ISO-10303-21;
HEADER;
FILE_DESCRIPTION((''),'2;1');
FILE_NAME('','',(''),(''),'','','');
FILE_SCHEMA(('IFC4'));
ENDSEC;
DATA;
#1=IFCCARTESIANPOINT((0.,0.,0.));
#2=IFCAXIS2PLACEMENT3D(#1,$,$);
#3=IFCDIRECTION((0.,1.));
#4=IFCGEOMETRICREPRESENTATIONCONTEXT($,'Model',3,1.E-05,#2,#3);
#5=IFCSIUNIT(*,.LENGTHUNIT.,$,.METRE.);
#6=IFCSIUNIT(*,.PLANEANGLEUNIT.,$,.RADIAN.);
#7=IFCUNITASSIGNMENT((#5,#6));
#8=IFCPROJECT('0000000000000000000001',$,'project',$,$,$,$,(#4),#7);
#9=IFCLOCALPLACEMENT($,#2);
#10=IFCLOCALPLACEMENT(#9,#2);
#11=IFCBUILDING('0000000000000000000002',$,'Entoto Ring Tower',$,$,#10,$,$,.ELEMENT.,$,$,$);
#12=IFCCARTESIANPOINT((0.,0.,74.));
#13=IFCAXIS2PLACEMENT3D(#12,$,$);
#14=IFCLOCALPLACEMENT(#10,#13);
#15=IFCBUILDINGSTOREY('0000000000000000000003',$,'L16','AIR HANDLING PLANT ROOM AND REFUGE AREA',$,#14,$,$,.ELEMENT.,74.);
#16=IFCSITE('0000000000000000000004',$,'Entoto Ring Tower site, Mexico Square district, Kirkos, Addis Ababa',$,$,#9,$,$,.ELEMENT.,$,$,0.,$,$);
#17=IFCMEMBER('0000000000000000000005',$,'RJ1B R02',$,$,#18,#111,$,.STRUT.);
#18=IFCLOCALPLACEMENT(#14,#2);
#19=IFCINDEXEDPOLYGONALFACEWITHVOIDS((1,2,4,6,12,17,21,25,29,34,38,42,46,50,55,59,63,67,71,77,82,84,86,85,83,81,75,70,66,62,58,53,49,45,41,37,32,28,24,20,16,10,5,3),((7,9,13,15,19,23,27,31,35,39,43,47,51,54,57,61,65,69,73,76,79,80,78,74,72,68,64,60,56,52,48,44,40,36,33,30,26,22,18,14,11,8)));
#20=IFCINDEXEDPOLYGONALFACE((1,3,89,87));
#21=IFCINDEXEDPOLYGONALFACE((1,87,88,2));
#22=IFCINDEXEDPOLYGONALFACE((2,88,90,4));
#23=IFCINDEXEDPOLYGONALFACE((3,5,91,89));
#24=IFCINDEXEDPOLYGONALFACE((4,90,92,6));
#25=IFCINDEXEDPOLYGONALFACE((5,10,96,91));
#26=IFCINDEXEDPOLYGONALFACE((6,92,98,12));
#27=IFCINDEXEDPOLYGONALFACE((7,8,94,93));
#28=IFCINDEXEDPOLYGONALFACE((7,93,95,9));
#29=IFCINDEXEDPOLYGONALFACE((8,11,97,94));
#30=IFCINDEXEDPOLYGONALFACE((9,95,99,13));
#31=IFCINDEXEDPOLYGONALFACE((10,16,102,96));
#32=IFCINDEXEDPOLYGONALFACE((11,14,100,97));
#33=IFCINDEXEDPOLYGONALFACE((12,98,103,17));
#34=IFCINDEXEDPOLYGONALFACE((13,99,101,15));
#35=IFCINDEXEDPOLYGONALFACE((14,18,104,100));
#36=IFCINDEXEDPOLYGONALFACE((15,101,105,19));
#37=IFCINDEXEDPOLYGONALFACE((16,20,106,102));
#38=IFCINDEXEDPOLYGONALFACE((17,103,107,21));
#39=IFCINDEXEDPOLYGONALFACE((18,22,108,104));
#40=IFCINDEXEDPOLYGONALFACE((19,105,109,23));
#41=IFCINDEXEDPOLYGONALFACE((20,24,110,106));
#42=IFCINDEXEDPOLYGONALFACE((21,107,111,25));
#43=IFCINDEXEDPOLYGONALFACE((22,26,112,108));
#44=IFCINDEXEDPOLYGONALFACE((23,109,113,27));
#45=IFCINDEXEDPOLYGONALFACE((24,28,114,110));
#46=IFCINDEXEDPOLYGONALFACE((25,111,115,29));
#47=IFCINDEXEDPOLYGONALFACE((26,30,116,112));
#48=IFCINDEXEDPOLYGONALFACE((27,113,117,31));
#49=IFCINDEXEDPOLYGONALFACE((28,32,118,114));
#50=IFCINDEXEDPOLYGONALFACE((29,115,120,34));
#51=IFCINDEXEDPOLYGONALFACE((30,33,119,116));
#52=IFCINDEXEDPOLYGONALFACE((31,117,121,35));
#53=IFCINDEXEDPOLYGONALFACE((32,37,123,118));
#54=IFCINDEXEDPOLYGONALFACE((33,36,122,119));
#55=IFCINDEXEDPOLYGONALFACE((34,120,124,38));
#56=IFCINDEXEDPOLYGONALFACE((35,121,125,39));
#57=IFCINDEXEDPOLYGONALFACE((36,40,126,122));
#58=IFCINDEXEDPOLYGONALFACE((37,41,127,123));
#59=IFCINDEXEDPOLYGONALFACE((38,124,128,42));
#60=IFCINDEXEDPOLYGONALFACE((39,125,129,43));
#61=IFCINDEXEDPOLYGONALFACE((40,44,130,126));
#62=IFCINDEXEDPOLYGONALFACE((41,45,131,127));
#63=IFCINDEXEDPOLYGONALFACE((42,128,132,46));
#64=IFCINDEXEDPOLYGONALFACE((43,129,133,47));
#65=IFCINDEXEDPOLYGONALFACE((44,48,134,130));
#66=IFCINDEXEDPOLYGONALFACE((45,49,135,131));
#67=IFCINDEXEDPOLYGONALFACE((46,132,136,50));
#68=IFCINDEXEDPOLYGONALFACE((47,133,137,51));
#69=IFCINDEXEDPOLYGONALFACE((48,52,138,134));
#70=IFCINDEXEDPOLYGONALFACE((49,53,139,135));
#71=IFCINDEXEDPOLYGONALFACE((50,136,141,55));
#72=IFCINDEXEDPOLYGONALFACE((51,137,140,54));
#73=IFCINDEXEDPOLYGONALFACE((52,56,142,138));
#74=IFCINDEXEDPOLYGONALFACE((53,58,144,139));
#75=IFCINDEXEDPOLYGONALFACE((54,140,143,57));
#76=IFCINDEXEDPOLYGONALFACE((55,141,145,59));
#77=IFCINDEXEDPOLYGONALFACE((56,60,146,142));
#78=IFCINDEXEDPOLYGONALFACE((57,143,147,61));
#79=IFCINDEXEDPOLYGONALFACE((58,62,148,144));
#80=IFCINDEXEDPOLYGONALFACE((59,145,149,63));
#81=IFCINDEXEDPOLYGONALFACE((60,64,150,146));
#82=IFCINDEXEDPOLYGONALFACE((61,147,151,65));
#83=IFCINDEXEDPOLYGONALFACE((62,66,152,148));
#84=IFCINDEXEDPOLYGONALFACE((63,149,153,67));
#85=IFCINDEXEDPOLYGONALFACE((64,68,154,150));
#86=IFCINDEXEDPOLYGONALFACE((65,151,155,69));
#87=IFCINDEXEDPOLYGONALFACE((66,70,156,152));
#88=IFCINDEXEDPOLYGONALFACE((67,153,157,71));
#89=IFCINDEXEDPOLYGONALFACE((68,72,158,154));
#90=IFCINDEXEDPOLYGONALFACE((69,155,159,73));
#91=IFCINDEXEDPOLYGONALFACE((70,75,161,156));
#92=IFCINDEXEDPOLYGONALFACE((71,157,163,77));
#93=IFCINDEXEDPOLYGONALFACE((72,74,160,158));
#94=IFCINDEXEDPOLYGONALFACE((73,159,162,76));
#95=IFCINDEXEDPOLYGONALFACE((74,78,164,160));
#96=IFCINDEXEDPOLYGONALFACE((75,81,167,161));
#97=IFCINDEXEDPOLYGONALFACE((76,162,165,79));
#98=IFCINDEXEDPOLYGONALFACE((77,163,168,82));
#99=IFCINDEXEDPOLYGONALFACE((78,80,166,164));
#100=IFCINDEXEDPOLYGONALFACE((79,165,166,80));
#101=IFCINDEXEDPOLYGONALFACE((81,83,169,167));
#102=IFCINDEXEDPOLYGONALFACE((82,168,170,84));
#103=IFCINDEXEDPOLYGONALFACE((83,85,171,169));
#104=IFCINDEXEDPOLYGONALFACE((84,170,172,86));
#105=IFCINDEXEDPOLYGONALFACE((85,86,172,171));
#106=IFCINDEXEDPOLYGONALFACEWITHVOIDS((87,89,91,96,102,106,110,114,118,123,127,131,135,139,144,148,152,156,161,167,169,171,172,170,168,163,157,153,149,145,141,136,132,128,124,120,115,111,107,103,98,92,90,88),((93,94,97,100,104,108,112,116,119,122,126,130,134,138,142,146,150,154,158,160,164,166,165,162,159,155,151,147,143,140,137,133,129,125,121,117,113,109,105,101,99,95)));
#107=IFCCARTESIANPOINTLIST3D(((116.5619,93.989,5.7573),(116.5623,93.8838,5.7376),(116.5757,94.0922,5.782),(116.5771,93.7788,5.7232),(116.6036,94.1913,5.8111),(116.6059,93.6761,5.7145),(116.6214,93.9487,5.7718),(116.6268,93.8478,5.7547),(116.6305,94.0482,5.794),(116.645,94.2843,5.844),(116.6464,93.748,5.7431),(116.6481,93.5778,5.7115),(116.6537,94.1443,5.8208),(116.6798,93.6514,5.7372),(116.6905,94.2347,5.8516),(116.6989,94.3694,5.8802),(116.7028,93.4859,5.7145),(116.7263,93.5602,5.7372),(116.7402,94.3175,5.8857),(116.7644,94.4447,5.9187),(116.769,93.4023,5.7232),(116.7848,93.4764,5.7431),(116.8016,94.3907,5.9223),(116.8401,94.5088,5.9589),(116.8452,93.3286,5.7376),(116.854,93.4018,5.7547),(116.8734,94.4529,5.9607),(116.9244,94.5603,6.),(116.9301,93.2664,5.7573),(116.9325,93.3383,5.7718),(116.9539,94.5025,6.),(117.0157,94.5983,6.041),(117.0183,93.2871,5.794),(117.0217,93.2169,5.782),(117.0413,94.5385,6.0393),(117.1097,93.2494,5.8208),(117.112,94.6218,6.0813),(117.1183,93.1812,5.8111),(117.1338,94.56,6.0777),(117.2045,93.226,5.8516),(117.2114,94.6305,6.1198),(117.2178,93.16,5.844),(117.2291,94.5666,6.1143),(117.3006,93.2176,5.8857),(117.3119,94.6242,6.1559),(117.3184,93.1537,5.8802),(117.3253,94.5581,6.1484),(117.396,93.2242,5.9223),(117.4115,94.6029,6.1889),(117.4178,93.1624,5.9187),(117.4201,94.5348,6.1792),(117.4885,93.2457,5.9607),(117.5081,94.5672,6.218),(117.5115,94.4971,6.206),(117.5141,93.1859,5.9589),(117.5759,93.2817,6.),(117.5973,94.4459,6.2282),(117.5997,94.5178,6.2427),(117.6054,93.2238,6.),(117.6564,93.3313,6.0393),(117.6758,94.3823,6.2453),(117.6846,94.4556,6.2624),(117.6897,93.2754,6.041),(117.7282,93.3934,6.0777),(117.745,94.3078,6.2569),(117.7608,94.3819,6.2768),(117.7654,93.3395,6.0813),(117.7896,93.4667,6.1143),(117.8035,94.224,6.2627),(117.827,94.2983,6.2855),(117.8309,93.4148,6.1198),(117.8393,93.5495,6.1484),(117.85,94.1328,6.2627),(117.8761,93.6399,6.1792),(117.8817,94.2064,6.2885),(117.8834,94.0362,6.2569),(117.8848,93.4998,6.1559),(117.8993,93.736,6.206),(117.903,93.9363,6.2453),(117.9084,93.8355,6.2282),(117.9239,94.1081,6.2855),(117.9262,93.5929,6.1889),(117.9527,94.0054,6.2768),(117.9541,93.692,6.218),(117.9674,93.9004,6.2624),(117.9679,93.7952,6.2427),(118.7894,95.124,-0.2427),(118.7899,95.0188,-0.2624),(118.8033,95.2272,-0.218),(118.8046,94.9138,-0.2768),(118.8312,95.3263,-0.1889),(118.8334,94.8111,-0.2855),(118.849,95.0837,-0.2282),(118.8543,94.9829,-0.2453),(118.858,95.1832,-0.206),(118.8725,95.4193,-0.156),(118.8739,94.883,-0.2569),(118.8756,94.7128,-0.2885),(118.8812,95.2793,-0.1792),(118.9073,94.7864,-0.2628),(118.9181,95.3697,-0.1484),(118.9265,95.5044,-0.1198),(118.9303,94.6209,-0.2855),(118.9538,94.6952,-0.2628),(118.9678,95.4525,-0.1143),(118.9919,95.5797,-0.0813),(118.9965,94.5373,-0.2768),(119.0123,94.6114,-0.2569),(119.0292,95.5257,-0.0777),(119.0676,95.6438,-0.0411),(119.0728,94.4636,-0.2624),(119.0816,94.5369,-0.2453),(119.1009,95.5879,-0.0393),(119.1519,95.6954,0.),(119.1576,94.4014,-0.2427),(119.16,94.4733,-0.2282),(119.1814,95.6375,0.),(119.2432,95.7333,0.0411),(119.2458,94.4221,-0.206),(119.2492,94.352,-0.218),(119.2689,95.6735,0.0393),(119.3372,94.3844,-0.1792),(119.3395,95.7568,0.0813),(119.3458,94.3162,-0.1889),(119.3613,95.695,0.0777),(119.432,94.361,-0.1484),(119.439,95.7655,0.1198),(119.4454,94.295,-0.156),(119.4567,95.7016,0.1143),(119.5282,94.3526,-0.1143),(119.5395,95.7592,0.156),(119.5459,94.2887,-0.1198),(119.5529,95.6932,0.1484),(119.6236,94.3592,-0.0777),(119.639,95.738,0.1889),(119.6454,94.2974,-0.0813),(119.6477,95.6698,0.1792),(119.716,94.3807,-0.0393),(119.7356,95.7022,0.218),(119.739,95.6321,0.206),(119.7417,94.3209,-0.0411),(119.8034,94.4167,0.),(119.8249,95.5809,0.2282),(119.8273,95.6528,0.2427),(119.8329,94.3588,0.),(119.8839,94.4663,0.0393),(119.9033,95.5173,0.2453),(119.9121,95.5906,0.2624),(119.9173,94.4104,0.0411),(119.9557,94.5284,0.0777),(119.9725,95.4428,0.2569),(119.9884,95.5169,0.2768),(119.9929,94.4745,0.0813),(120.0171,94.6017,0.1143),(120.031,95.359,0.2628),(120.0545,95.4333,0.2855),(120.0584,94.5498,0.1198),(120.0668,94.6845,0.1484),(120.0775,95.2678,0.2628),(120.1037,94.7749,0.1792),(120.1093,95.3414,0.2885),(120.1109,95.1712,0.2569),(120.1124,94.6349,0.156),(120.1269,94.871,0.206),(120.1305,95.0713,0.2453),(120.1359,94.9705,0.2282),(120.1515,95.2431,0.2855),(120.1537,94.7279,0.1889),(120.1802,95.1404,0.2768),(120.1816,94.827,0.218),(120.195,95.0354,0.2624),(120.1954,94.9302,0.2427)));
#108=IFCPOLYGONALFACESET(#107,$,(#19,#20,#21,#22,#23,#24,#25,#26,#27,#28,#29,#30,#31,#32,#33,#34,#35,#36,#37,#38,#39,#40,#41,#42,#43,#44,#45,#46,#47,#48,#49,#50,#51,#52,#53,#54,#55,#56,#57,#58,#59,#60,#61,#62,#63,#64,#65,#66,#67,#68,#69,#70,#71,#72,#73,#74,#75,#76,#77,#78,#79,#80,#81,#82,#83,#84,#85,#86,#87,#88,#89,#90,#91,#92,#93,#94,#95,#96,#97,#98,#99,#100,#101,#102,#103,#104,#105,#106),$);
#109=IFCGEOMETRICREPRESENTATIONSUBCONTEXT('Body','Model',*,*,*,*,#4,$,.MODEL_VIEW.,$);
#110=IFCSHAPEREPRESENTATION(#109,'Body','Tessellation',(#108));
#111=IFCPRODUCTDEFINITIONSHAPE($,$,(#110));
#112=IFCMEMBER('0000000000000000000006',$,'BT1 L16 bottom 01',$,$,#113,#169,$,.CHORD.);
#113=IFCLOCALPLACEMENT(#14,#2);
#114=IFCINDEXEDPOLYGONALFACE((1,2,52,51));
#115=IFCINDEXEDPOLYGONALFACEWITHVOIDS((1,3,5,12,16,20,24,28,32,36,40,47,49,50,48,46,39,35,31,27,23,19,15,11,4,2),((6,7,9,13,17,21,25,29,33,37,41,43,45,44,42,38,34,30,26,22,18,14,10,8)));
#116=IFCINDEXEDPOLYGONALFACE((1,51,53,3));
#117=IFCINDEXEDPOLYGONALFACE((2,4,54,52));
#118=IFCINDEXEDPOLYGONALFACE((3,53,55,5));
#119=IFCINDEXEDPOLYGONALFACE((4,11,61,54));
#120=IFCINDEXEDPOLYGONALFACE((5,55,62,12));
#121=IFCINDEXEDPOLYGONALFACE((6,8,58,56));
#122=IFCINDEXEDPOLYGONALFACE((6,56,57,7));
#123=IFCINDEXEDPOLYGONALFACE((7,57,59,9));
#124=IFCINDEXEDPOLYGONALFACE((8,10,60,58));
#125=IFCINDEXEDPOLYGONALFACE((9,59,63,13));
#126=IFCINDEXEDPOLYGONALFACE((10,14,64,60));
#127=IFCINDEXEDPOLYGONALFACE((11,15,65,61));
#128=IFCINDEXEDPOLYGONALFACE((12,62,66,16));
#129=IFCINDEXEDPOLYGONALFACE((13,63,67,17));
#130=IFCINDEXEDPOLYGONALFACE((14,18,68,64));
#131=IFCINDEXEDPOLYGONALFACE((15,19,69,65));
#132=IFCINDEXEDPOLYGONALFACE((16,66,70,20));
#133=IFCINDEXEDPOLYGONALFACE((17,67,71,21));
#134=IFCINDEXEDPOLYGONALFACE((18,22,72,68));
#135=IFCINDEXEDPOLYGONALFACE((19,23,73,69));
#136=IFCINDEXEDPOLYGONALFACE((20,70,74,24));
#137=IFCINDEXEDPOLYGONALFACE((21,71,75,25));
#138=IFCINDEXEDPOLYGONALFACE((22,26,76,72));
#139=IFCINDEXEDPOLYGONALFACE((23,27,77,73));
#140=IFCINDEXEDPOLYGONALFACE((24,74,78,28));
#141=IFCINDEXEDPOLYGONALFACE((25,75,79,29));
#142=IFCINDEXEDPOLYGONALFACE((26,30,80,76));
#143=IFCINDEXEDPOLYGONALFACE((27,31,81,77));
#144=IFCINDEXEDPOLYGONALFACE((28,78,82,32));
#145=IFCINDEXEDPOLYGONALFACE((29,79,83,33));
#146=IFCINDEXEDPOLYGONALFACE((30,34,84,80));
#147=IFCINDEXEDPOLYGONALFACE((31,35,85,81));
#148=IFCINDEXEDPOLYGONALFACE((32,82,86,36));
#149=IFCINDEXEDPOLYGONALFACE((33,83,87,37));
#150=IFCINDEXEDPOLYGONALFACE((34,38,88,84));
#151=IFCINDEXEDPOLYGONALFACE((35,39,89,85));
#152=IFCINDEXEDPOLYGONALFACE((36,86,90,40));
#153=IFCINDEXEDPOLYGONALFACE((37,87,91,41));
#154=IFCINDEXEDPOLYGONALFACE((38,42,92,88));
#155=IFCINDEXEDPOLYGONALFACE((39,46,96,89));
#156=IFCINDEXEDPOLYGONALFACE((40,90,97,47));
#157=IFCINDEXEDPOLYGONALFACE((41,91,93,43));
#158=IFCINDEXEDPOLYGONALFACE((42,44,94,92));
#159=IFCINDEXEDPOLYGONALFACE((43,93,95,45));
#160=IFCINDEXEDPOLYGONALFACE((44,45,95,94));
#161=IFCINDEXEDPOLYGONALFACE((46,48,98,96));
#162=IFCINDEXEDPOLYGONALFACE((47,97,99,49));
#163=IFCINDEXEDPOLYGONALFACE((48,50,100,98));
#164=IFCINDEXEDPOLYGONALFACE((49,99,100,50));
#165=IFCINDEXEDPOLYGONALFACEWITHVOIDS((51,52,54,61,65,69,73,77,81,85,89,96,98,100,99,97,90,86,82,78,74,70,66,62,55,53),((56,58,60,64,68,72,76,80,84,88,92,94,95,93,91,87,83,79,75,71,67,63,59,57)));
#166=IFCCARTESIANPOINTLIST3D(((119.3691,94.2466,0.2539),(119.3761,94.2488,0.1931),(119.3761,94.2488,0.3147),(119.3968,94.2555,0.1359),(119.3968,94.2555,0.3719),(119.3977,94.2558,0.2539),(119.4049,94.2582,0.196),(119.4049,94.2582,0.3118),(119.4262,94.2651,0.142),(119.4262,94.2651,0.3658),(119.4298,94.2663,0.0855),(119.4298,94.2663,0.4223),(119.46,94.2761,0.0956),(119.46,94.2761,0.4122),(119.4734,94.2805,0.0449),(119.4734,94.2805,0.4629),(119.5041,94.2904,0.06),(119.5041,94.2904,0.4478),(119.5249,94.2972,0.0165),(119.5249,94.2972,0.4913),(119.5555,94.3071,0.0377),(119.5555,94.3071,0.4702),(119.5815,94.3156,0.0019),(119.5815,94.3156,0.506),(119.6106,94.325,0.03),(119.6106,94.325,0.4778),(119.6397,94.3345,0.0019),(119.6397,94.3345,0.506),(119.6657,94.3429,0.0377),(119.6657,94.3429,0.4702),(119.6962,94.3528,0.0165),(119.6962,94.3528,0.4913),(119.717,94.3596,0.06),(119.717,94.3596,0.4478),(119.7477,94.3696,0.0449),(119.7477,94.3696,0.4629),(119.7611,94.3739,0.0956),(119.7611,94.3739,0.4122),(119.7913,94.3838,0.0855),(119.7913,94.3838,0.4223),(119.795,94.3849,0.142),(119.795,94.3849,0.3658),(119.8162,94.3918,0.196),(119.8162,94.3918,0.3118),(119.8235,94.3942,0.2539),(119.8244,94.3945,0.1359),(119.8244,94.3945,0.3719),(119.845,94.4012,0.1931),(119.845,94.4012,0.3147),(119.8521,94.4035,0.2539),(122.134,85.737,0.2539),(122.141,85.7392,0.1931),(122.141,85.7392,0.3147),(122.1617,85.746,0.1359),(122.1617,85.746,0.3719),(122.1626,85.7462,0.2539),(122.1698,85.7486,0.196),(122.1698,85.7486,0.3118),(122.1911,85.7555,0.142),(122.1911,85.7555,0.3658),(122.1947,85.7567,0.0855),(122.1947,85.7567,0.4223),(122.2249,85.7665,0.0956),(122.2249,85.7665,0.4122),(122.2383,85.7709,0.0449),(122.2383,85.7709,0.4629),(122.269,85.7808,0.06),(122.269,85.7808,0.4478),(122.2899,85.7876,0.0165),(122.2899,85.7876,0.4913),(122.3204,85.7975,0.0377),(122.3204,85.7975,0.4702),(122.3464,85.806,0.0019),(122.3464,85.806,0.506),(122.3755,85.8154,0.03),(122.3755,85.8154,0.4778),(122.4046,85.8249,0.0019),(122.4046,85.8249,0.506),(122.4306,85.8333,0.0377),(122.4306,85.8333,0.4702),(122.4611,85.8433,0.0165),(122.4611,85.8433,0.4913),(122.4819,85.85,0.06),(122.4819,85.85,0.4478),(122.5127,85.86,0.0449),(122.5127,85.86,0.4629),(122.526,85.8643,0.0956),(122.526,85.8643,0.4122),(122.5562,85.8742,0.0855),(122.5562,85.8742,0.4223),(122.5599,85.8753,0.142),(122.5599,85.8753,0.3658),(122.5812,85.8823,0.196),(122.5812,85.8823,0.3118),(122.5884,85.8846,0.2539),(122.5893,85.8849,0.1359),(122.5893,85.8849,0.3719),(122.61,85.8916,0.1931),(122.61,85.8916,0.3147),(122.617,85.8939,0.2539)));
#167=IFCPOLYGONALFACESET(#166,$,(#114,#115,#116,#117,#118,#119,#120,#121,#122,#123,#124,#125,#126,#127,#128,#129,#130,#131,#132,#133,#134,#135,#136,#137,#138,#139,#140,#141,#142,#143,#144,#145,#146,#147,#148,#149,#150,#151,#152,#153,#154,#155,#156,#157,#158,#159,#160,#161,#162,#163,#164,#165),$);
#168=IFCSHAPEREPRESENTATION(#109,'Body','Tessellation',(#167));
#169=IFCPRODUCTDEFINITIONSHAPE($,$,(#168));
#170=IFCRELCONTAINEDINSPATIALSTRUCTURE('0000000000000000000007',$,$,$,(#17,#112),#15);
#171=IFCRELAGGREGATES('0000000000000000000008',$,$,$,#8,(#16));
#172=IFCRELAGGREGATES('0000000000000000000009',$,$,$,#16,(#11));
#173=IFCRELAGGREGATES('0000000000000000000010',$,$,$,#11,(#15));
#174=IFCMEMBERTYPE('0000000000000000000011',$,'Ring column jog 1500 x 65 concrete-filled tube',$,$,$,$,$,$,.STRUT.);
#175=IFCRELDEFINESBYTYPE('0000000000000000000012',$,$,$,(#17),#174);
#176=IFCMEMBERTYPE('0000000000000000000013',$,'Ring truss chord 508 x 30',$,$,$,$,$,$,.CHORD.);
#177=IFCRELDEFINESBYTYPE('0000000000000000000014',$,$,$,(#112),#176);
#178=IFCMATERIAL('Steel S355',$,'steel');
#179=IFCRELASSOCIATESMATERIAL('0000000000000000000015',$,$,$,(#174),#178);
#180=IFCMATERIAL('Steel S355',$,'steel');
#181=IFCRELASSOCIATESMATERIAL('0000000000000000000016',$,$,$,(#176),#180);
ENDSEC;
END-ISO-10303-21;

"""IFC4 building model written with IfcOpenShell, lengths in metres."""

from ifc_helpers import new_model, si_unit, direction, frame, origin, origin_2d, place, context, subcontext, project, spatial, circle, hollow_circle, extrude, material, material_profile, profile_set, type_object, element, save


model = new_model("IFC4")

# Units and contexts
model_context = context("Model", 3, precision=1e-05, world=origin(), true_north=direction((0.0, 1.0)))
body_context = subcontext(model_context, "Body", "Model", "MODEL_VIEW")
ifc_project = project(units=[si_unit("LENGTHUNIT", "METRE"), si_unit("PLANEANGLEUNIT", "RADIAN")], contexts=[model_context])

# Site, building, storey
site_placement = place(None, origin())
site = spatial("IfcSite", under=ifc_project, at=site_placement, Name="Entoto Ring Tower site, Mexico Square district, Kirkos, Addis Ababa", CompositionType="ELEMENT", RefElevation=0.0)
building_placement = place(site_placement, origin())
building = spatial("IfcBuilding", under=site, at=building_placement, Name="Entoto Ring Tower", CompositionType="ELEMENT")
storey_placement = place(building_placement, frame((0.0, 0.0, 74.0)))
storey = spatial("IfcBuildingStorey", under=building, at=storey_placement, Name="L16", Description="AIR HANDLING PLANT ROOM AND REFUGE AREA", CompositionType="ELEMENT", Elevation=74.0)

# Members
ifc_material_1 = material(Name="Steel S355", Category="steel")
ifc_material_profile_1 = material_profile(ifc_material_1, hollow_circle(Radius=0.75, WallThickness=0.0649, at=origin_2d()), Name="CHS 1500 x 65")
ifc_material_2 = material(Name="Concrete C60/75", Category="concrete")
ifc_material_profile_2 = material_profile(ifc_material_2, circle(Radius=0.6851, at=origin_2d()), Name="Concrete C60/75 infill")
ifc_profile_set_1 = profile_set([ifc_material_profile_1, ifc_material_profile_2], Name="Steel S355")
member_type_1 = type_object("IfcMemberType", Name="Ring column jog 1500 x 65 concrete-filled tube", PredefinedType="STRUT", material=ifc_profile_set_1)
for number, where, z_axis, x_axis, name in (
    (1, (119.4924, 95.0271, 0.0), (-0.342698, -0.174617, 0.923075), (0.453997, -0.891003, 0.0), "RJ1B R02"),
):
    element("IfcMember", number, at=place(storey_placement, frame(where, z_axis=z_axis, x_axis=x_axis)), inside=storey, type_object=member_type_1, Name=name, PredefinedType="STRUT", context=body_context, shape_type="SweptSolid", body=[
        extrude(hollow_circle(Radius=0.75, WallThickness=0.0649, at=origin_2d()), origin(), (0.0, 0.0, 1.0), 6.5),
    ])
ifc_material_3 = material(Name="Steel S355", Category="steel")
ifc_material_profile_3 = material_profile(ifc_material_3, hollow_circle(Radius=0.2539, WallThickness=0.03, at=origin_2d()), Name="CHS 508 x 30")
ifc_material_4 = material(Name="Concrete C60/75", Category="concrete")
ifc_material_profile_4 = material_profile(ifc_material_4, circle(Radius=0.2241, at=origin_2d()), Name="Concrete C60/75 infill")
ifc_profile_set_2 = profile_set([ifc_material_profile_3, ifc_material_profile_4], Name="Steel S355")
member_type_2 = type_object("IfcMemberType", Name="Ring truss chord 508 x 30", PredefinedType="CHORD", material=ifc_profile_set_2)
member_1_placement = place(storey_placement, frame((122.3755, 85.8154, 0.2539), z_axis=(-0.309015, 0.951057, 0.0), x_axis=(-0.951057, -0.309015, 0.0)))
element("IfcMember", 2, at=member_1_placement, inside=storey, type_object=member_type_2, Name="BT1 L16 bottom 01", PredefinedType="CHORD", context=body_context, shape_type="SweptSolid", body=[
    extrude(hollow_circle(Radius=0.2539, WallThickness=0.03, at=origin_2d()), origin(), (0.0, 0.0, 1.0), 8.9475),
])

save(model, "model.ifc")
